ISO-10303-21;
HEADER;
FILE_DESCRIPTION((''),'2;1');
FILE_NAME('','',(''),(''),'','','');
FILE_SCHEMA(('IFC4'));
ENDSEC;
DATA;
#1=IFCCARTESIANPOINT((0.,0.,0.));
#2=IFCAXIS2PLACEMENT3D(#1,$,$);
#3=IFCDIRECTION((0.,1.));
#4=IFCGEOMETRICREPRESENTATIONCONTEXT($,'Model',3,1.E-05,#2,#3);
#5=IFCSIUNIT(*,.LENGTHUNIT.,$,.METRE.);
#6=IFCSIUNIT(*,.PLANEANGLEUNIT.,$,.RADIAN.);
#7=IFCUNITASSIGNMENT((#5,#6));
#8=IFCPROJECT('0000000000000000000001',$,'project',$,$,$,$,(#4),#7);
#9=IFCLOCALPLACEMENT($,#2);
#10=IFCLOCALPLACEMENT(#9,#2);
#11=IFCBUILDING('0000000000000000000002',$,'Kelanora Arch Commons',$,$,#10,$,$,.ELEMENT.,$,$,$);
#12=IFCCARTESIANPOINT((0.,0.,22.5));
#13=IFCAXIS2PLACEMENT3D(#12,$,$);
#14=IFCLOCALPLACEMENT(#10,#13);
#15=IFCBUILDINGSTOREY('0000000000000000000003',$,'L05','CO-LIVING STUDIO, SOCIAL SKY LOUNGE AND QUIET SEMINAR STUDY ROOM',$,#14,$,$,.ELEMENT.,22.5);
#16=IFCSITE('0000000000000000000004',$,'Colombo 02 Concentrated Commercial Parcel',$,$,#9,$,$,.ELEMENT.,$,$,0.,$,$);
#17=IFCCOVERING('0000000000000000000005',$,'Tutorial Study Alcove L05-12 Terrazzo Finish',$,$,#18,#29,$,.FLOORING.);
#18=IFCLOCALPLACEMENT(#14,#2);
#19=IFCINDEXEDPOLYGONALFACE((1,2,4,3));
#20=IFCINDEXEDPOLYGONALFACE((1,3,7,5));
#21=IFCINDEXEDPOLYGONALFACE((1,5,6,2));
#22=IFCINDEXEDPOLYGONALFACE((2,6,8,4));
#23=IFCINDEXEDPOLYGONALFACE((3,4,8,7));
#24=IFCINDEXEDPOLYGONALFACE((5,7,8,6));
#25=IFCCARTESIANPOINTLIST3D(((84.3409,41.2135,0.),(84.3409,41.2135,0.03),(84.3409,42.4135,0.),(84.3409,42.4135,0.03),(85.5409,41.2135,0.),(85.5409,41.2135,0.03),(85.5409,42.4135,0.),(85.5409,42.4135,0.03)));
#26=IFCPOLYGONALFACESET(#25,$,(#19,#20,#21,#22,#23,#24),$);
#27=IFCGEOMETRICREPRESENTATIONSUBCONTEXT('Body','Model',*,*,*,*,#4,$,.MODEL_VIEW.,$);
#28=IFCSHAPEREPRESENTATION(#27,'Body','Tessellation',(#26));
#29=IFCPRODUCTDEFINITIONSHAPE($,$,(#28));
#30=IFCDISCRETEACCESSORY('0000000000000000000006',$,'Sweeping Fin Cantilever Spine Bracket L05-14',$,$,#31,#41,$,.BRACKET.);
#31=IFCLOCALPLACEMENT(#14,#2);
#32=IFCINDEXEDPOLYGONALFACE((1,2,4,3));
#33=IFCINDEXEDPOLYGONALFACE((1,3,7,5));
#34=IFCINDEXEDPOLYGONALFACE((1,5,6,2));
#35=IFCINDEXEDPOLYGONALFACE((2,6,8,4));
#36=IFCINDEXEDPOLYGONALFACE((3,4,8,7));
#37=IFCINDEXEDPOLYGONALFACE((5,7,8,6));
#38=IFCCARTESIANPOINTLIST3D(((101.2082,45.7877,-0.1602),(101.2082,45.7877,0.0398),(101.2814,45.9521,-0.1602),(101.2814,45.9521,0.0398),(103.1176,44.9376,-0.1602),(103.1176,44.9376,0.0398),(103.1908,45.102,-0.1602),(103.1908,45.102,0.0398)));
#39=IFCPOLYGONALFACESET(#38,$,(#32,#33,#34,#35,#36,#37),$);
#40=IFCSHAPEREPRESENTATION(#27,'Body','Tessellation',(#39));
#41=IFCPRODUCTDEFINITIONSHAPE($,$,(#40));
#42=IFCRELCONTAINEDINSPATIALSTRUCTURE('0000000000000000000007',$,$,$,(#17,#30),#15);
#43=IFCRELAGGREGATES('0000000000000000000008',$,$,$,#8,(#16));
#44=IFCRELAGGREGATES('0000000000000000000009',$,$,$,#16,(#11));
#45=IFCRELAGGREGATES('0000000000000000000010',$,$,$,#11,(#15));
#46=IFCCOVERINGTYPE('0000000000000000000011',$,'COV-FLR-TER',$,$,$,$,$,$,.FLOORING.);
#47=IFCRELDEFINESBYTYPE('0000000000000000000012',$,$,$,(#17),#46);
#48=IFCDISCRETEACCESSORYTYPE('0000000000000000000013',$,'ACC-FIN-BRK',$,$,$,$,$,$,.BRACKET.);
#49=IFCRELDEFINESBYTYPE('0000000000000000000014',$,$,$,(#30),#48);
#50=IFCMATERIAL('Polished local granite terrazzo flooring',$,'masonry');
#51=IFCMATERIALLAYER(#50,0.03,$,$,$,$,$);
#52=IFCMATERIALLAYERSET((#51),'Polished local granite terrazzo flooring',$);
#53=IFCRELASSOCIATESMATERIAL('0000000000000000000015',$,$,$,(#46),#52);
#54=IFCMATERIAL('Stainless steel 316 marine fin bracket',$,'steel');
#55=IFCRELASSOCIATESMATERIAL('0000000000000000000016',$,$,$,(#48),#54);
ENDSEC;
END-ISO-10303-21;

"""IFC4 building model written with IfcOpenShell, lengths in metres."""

from ifc_helpers import new_model, si_unit, direction, frame, origin, origin_2d, place, context, subcontext, project, spatial, rectangle, extrude, source, transform, mapped, material, layer, layer_set, type_object, element, save


model = new_model("IFC4")

# Units and contexts
model_context = context("Model", 3, precision=1e-05, world=origin(), true_north=direction((0.0, 1.0)))
body_context = subcontext(model_context, "Body", "Model", "MODEL_VIEW")
ifc_project = project(units=[si_unit("LENGTHUNIT", "METRE"), si_unit("PLANEANGLEUNIT", "RADIAN")], contexts=[model_context])

# Site, building, storey
site_placement = place(None, origin())
site = spatial("IfcSite", under=ifc_project, at=site_placement, Name="Colombo 02 Concentrated Commercial Parcel", CompositionType="ELEMENT", RefElevation=0.0)
building_placement = place(site_placement, origin())
building = spatial("IfcBuilding", under=site, at=building_placement, Name="Kelanora Arch Commons", CompositionType="ELEMENT")
storey_placement = place(building_placement, frame((0.0, 0.0, 22.5)))
storey = spatial("IfcBuildingStorey", under=building, at=storey_placement, Name="L05", Description="CO-LIVING STUDIO, SOCIAL SKY LOUNGE AND QUIET SEMINAR STUDY ROOM", CompositionType="ELEMENT", Elevation=22.5)

# Covering
ifc_material_1 = material(Name="Polished local granite terrazzo flooring", Category="masonry")
ifc_layer_1 = layer(ifc_material_1, 0.03)
ifc_layer_set_1 = layer_set([ifc_layer_1], Name="Polished local granite terrazzo flooring")
covering_type = type_object("IfcCoveringType", Name="COV-FLR-TER", PredefinedType="FLOORING", material=ifc_layer_set_1)
shared_shape_1 = source(origin(), body_context, "Body", "SweptSolid", [
    extrude(rectangle(XDim=1.2, YDim=1.2, at=origin_2d()), origin(), (0.0, 0.0, 1.0), 0.03),
])
for number, where, z_axis, x_axis, name in (
    (1, (84.9409, 41.8135, 0.0), (0.0, 0.0, 1.0), (1.0, 0.0, 0.0), "Tutorial Study Alcove L05-12 Terrazzo Finish"),
):
    element("IfcCovering", number, at=place(storey_placement, frame(where, z_axis=z_axis, x_axis=x_axis)), inside=storey, type_object=covering_type, Name=name, PredefinedType="FLOORING", context=body_context, shape_type="MappedRepresentation", body=[
        mapped(shared_shape_1, transform((0.0, 0.0, 0.0), scale=1.0)),
    ])

# Discrete accessory
ifc_material_2 = material(Name="Stainless steel 316 marine fin bracket", Category="steel")
discrete_accessory_type = type_object("IfcDiscreteAccessoryType", Name="ACC-FIN-BRK", PredefinedType="BRACKET", material=ifc_material_2)
shared_shape_2 = source(origin(), body_context, "Body", "SweptSolid", [
    extrude(rectangle(XDim=2.0901, YDim=0.1799, at=origin_2d()), origin(), (0.0, 0.0, 1.0), 0.2),
])
discrete_accessory_placement = place(storey_placement, frame((102.1995, 45.4448, -0.1602), z_axis=(0.0, 0.0, 1.0), x_axis=(0.913545, -0.406737, 0.0)))
element("IfcDiscreteAccessory", 2, at=discrete_accessory_placement, inside=storey, type_object=discrete_accessory_type, Name="Sweeping Fin Cantilever Spine Bracket L05-14", PredefinedType="BRACKET", context=body_context, shape_type="MappedRepresentation", body=[
    mapped(shared_shape_2, transform((0.0, 0.0, 0.0), scale=1.0)),
])

save(model, "model.ifc")
